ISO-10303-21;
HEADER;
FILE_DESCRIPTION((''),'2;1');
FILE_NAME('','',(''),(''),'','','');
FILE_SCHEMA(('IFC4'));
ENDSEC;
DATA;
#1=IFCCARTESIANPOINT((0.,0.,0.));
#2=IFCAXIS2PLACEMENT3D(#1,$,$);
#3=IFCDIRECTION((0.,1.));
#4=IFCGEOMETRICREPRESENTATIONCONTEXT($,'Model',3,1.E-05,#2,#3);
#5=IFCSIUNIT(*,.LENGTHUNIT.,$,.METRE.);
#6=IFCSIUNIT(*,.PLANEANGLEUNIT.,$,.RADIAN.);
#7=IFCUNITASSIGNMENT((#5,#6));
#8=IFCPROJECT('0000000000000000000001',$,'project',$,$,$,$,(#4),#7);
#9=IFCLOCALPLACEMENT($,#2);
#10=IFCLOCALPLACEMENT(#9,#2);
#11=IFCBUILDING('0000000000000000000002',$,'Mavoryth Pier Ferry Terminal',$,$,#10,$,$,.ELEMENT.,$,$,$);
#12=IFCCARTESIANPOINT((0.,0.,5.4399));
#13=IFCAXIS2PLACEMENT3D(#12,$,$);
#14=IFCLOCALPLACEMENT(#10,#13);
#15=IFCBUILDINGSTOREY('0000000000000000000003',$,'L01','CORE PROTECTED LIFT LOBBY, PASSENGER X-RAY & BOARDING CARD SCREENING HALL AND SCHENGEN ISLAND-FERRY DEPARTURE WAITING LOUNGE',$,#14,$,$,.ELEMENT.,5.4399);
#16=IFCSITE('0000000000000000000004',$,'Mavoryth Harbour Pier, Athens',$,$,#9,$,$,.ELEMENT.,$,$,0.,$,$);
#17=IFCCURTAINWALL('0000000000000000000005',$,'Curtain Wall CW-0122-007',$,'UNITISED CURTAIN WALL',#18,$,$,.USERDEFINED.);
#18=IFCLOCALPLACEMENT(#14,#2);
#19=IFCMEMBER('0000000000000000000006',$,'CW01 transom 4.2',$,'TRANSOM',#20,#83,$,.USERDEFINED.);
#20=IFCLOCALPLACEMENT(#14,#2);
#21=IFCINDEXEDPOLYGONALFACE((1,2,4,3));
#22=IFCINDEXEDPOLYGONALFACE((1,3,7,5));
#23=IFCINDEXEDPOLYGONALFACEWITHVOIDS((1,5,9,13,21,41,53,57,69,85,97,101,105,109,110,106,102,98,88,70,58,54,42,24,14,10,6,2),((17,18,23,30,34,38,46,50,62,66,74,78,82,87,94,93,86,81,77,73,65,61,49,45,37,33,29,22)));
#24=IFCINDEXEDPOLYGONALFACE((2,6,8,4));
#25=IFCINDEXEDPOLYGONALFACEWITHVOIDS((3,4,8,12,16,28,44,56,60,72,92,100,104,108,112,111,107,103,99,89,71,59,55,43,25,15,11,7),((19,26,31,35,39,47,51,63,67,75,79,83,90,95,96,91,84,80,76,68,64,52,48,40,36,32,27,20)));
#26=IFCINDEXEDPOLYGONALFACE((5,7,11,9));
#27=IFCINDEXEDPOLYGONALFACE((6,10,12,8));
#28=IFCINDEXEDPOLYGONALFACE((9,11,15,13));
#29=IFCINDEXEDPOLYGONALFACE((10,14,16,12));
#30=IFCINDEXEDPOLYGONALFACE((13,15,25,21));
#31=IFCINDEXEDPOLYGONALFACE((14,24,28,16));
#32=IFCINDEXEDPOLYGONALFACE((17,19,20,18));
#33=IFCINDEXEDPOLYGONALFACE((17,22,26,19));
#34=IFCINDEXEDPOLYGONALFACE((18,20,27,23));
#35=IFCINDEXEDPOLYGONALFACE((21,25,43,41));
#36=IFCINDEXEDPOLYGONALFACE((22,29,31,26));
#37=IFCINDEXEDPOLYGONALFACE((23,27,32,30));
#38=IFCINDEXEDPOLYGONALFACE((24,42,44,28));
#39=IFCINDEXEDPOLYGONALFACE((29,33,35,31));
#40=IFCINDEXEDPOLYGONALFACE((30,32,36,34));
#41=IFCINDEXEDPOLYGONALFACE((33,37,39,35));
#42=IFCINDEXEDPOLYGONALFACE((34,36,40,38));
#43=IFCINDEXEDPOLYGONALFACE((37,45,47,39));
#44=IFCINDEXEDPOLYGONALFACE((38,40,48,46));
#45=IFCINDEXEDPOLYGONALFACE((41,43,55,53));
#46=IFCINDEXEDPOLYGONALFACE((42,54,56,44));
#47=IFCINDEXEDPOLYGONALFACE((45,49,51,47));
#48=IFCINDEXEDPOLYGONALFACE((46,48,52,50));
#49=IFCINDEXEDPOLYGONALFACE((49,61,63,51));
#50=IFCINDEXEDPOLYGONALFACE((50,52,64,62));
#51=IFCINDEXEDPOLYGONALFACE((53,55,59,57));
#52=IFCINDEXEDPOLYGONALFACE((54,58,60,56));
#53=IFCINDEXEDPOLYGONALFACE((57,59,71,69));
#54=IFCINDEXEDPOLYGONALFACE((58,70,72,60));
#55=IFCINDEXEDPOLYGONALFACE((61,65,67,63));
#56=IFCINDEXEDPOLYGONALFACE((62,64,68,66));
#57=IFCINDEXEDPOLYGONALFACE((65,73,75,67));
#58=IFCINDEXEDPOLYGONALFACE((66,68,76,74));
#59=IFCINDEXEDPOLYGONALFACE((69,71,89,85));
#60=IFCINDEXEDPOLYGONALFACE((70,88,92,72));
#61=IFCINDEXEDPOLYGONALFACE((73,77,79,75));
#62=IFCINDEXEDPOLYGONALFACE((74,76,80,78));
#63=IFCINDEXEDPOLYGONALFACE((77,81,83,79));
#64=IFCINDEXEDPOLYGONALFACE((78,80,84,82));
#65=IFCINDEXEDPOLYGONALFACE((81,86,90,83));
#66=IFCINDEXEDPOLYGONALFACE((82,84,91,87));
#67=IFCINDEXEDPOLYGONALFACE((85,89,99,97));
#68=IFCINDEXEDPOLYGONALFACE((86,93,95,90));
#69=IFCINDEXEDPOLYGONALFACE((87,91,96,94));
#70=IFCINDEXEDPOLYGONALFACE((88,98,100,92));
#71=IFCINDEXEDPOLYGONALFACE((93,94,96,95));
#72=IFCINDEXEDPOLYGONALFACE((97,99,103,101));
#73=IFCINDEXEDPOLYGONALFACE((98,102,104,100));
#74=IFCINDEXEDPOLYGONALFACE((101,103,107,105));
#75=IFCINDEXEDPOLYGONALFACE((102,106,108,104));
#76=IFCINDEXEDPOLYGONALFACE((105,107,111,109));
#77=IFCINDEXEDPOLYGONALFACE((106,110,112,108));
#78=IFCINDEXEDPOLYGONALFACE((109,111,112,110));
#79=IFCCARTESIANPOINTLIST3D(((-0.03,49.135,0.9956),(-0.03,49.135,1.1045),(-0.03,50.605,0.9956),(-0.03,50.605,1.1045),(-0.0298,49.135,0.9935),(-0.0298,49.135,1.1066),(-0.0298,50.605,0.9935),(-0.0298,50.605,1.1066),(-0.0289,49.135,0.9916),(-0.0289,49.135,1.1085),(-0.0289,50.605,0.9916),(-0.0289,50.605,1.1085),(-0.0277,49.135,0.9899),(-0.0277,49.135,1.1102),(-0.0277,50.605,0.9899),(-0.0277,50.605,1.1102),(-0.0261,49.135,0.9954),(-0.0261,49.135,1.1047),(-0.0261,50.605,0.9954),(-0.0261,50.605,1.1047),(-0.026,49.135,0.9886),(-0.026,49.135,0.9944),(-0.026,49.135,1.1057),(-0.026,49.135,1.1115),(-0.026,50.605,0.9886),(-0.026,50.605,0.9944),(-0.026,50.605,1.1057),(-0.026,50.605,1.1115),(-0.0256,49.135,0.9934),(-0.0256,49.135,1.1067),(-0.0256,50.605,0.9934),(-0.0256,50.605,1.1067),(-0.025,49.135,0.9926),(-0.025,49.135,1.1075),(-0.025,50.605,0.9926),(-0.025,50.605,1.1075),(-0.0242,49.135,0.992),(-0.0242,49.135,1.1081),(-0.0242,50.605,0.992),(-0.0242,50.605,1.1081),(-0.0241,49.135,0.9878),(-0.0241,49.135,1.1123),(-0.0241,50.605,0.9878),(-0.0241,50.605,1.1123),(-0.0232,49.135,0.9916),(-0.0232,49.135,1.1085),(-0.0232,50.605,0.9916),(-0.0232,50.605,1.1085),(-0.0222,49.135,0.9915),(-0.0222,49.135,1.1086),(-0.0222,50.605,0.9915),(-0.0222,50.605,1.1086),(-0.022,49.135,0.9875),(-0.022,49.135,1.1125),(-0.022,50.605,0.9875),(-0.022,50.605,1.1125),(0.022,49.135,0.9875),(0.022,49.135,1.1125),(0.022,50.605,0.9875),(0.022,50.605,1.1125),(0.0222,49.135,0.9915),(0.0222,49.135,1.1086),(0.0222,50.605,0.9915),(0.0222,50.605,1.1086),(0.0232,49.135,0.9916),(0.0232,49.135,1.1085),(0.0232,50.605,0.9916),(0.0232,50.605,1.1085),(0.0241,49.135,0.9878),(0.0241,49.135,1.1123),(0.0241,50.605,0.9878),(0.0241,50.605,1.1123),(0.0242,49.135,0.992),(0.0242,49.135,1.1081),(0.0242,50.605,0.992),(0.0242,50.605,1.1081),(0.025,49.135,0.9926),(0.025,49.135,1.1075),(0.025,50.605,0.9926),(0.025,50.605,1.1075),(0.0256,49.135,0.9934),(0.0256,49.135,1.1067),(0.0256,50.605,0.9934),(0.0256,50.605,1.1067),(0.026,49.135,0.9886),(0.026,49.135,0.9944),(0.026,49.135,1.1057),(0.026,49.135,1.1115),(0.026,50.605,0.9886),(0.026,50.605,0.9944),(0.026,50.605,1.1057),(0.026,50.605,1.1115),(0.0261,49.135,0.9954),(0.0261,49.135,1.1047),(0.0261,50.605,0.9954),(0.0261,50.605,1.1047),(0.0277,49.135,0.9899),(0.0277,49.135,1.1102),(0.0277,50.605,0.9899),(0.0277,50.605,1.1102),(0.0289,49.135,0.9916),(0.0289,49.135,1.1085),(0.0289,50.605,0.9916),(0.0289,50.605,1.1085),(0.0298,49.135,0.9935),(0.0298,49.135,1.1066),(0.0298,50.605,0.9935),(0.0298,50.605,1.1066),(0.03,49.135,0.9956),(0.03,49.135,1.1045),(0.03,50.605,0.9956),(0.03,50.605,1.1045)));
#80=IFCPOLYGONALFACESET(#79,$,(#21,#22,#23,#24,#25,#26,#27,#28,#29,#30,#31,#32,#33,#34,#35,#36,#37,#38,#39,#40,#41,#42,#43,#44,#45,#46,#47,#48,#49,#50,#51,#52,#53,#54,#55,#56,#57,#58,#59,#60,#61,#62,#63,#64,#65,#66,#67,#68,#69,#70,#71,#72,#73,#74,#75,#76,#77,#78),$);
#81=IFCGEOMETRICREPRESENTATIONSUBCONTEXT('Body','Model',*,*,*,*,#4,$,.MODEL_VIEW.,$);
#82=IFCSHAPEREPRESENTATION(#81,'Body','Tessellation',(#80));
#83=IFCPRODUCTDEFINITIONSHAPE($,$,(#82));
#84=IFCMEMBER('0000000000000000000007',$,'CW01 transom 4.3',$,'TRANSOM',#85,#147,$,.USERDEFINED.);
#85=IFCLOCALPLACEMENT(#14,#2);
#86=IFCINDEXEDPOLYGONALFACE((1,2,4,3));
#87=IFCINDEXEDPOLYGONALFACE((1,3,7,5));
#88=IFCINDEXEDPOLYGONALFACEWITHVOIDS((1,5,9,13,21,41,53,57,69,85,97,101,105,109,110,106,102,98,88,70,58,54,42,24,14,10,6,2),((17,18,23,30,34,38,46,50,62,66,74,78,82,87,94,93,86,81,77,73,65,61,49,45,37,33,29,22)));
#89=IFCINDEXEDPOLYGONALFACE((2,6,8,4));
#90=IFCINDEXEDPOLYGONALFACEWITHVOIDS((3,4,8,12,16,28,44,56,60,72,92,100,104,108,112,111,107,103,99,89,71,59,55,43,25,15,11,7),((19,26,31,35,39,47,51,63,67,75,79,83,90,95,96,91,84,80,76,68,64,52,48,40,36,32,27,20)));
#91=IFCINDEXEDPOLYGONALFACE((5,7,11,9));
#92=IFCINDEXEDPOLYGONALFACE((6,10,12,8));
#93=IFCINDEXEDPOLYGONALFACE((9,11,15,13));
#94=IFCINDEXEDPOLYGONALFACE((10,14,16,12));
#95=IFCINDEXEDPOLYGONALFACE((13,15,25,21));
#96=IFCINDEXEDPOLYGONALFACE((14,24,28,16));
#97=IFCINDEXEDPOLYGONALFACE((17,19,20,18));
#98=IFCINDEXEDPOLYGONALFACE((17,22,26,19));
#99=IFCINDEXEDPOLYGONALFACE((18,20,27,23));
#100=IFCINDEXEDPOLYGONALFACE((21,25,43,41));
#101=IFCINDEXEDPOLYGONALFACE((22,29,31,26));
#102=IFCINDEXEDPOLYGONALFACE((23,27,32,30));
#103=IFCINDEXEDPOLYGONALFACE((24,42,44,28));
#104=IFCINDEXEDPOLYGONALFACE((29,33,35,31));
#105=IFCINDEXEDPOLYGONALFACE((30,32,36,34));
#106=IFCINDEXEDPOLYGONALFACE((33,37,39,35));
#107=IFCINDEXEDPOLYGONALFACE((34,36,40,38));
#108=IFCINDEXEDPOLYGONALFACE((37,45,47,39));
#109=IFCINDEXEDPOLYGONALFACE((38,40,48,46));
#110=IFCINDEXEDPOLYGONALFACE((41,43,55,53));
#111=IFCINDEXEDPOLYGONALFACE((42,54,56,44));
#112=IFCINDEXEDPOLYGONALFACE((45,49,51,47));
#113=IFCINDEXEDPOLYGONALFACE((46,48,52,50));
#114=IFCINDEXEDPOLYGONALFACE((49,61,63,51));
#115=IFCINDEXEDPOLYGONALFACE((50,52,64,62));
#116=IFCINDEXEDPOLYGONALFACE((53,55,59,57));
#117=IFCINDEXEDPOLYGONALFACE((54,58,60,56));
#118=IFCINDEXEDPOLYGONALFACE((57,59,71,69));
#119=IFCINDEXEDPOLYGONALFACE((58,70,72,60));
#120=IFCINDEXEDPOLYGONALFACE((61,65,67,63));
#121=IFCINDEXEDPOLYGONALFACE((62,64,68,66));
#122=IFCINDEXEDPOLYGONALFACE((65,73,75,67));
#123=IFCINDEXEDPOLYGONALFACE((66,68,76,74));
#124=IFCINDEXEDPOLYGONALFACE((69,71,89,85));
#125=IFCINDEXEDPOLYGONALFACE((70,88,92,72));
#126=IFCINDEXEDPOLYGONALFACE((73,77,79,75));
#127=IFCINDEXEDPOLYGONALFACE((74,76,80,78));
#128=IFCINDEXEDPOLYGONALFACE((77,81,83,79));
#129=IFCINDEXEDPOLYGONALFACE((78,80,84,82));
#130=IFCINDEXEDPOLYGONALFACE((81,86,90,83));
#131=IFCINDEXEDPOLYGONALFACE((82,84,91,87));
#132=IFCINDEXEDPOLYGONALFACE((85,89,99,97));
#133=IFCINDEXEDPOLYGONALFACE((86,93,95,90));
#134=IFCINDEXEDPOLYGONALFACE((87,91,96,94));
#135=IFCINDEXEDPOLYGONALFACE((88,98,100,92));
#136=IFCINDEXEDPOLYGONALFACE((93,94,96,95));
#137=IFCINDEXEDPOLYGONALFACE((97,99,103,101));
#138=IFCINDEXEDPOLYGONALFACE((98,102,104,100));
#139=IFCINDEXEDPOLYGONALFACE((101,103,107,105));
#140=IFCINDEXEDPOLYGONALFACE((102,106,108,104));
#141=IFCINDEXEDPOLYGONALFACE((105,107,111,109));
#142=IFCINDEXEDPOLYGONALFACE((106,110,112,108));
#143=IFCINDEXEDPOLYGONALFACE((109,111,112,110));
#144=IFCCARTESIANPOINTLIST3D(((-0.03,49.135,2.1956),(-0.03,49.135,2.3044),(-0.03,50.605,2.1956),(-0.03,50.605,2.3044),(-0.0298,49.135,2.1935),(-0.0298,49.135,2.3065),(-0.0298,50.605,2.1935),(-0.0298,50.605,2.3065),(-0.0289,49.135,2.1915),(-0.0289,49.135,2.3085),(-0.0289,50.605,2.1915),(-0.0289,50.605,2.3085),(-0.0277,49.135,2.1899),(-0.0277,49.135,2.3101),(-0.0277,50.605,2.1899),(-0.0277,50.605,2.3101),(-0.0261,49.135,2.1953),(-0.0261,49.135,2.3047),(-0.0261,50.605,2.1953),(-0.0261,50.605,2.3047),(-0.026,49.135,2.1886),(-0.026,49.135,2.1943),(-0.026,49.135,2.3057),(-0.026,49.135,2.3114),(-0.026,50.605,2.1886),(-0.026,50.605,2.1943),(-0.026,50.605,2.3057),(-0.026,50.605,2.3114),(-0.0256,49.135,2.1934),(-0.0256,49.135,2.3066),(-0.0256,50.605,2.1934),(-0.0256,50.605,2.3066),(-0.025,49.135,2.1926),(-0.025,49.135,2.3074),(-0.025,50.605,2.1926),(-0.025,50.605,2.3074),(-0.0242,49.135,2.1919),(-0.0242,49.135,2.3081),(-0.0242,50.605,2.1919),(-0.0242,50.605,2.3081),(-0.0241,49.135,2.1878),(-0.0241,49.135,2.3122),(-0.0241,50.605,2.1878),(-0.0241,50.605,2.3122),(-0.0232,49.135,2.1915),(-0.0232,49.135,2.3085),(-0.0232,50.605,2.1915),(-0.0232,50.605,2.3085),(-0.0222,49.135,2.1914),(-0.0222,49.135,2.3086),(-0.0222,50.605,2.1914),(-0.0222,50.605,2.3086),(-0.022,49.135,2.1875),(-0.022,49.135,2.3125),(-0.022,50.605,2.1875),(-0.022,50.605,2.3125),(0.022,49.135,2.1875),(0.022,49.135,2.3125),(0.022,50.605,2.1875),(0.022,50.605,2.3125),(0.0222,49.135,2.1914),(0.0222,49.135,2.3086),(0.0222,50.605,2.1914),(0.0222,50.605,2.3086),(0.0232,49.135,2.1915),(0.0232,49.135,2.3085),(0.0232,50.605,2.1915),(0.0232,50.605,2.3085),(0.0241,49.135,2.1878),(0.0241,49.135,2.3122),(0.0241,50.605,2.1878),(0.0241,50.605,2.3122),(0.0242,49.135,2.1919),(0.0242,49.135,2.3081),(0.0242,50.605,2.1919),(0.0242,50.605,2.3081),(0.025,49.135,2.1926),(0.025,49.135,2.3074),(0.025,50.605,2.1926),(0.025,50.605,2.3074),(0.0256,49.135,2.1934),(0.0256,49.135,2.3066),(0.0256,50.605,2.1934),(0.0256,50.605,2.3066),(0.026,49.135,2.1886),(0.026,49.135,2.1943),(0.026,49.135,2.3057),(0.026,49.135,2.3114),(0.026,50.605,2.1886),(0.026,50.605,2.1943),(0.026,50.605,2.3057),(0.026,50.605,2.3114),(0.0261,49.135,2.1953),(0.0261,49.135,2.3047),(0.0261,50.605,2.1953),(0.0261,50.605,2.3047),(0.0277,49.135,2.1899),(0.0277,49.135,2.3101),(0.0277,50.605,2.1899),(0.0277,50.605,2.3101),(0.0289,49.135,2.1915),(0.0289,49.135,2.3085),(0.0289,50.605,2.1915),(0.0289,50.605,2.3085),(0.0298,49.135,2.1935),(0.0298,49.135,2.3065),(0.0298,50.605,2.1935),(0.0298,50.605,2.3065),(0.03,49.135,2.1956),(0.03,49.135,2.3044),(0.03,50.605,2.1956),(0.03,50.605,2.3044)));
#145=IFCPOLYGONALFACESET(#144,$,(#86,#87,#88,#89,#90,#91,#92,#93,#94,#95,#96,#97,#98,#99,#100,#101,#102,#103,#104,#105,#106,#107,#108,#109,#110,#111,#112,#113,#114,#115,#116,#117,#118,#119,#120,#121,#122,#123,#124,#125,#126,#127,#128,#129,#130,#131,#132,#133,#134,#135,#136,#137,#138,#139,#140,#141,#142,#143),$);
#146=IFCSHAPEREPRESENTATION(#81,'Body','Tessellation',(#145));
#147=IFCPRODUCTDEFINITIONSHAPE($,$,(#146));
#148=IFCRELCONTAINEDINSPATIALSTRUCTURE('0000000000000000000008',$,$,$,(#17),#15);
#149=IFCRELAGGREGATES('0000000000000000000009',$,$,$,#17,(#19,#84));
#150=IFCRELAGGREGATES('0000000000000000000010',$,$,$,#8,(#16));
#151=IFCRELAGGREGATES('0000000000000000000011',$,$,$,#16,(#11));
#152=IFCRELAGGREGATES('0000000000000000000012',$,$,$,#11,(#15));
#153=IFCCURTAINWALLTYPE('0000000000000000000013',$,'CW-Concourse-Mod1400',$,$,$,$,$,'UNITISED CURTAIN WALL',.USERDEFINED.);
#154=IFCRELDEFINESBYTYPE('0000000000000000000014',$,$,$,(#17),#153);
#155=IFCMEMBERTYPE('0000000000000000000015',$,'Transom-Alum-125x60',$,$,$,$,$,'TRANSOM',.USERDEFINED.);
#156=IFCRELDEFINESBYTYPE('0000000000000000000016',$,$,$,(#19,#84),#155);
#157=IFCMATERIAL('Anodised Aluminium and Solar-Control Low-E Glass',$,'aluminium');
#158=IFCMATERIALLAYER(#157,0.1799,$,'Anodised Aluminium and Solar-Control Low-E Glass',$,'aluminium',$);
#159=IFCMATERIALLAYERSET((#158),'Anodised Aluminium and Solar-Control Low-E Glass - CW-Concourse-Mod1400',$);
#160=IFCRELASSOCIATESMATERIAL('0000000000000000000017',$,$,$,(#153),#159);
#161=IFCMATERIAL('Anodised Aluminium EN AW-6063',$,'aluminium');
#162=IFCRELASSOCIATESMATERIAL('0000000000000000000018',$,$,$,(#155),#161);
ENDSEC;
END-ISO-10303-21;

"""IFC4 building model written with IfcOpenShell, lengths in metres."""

from ifc_helpers import new_model, si_unit, direction, frame, origin, origin_2d, place, context, subcontext, project, spatial, hollow_rectangle, extrude, material, layer, layer_set, material_profile, profile_set, type_object, element, aggregate, save


model = new_model("IFC4")

# Units and contexts
model_context = context("Model", 3, precision=1e-05, world=origin(), true_north=direction((0.0, 1.0)))
body_context = subcontext(model_context, "Body", "Model", "MODEL_VIEW")
ifc_project = project(units=[si_unit("LENGTHUNIT", "METRE"), si_unit("PLANEANGLEUNIT", "RADIAN")], contexts=[model_context])

# Site, building, storey
site_placement = place(None, origin())
site = spatial("IfcSite", under=ifc_project, at=site_placement, Name="Mavoryth Harbour Pier, Athens", CompositionType="ELEMENT", RefElevation=0.0)
building_placement = place(site_placement, origin())
building = spatial("IfcBuilding", under=site, at=building_placement, Name="Mavoryth Pier Ferry Terminal", CompositionType="ELEMENT")
storey_placement = place(building_placement, frame((0.0, 0.0, 5.4399)))
storey = spatial("IfcBuildingStorey", under=building, at=storey_placement, Name="L01", Description="CORE PROTECTED LIFT LOBBY, PASSENGER X-RAY & BOARDING CARD SCREENING HALL AND SCHENGEN ISLAND-FERRY DEPARTURE WAITING LOUNGE", CompositionType="ELEMENT", Elevation=5.4399)

# Curtain wall
ifc_material_1 = material(Name="Anodised Aluminium and Solar-Control Low-E Glass", Category="aluminium")
ifc_layer_1 = layer(ifc_material_1, 0.1799, Name="Anodised Aluminium and Solar-Control Low-E Glass", Category="aluminium")
ifc_layer_set_1 = layer_set([ifc_layer_1], Name="Anodised Aluminium and Solar-Control Low-E Glass - CW-Concourse-Mod1400")
curtain_wall_type = type_object("IfcCurtainWallType", Name="CW-Concourse-Mod1400", ElementType="UNITISED CURTAIN WALL", PredefinedType="USERDEFINED", material=ifc_layer_set_1)
curtain_wall_placement = place(storey_placement, origin())
curtain_wall = element("IfcCurtainWall", 1, at=curtain_wall_placement, inside=storey, type_object=curtain_wall_type, Name="Curtain Wall CW-0122-007", ObjectType="UNITISED CURTAIN WALL", PredefinedType="USERDEFINED")
ifc_material_2 = material(Name="Anodised Aluminium EN AW-6063", Category="aluminium")

# Members
ifc_material_profile_1 = material_profile(ifc_material_2, hollow_rectangle(XDim=0.0601, YDim=0.125, WallThickness=0.0039, InnerFilletRadius=0.0039, OuterFilletRadius=0.0081, at=origin_2d()), Name="AL-TRAN 125x60x4", Category="aluminium")
ifc_profile_set_1 = profile_set([ifc_material_profile_1], Name="Anodised Aluminium EN AW-6063 - AL-TRAN 125x60x4")
member_type_1 = type_object("IfcMemberType", Name="Transom-Alum-125x60", ElementType="TRANSOM", PredefinedType="USERDEFINED", material=ifc_profile_set_1)
member_1_placement = place(storey_placement, frame((0.0, 50.605, 1.05), z_axis=(0.0, -1.0, 0.0), x_axis=(1.0, 0.0, 0.0)))
member_1 = element("IfcMember", 2, at=member_1_placement, type_object=member_type_1, Name="CW01 transom 4.2", ObjectType="TRANSOM", PredefinedType="USERDEFINED", context=body_context, shape_type="SweptSolid", body=[
    extrude(hollow_rectangle(XDim=0.0601, YDim=0.125, WallThickness=0.0039, InnerFilletRadius=0.0039, OuterFilletRadius=0.0081, at=origin_2d()), origin(), (0.0, 0.0, 1.0), 1.47),
])
member_2_placement = place(storey_placement, frame((0.0, 50.605, 2.25), z_axis=(0.0, -1.0, 0.0), x_axis=(1.0, 0.0, 0.0)))
member_2 = element("IfcMember", 3, at=member_2_placement, type_object=member_type_1, Name="CW01 transom 4.3", ObjectType="TRANSOM", PredefinedType="USERDEFINED", context=body_context, shape_type="SweptSolid", body=[
    extrude(hollow_rectangle(XDim=0.0601, YDim=0.125, WallThickness=0.0039, InnerFilletRadius=0.0039, OuterFilletRadius=0.0081, at=origin_2d()), origin(), (0.0, 0.0, 1.0), 1.47),
])

aggregate(curtain_wall, [member_1, member_2])

save(model, "model.ifc")
